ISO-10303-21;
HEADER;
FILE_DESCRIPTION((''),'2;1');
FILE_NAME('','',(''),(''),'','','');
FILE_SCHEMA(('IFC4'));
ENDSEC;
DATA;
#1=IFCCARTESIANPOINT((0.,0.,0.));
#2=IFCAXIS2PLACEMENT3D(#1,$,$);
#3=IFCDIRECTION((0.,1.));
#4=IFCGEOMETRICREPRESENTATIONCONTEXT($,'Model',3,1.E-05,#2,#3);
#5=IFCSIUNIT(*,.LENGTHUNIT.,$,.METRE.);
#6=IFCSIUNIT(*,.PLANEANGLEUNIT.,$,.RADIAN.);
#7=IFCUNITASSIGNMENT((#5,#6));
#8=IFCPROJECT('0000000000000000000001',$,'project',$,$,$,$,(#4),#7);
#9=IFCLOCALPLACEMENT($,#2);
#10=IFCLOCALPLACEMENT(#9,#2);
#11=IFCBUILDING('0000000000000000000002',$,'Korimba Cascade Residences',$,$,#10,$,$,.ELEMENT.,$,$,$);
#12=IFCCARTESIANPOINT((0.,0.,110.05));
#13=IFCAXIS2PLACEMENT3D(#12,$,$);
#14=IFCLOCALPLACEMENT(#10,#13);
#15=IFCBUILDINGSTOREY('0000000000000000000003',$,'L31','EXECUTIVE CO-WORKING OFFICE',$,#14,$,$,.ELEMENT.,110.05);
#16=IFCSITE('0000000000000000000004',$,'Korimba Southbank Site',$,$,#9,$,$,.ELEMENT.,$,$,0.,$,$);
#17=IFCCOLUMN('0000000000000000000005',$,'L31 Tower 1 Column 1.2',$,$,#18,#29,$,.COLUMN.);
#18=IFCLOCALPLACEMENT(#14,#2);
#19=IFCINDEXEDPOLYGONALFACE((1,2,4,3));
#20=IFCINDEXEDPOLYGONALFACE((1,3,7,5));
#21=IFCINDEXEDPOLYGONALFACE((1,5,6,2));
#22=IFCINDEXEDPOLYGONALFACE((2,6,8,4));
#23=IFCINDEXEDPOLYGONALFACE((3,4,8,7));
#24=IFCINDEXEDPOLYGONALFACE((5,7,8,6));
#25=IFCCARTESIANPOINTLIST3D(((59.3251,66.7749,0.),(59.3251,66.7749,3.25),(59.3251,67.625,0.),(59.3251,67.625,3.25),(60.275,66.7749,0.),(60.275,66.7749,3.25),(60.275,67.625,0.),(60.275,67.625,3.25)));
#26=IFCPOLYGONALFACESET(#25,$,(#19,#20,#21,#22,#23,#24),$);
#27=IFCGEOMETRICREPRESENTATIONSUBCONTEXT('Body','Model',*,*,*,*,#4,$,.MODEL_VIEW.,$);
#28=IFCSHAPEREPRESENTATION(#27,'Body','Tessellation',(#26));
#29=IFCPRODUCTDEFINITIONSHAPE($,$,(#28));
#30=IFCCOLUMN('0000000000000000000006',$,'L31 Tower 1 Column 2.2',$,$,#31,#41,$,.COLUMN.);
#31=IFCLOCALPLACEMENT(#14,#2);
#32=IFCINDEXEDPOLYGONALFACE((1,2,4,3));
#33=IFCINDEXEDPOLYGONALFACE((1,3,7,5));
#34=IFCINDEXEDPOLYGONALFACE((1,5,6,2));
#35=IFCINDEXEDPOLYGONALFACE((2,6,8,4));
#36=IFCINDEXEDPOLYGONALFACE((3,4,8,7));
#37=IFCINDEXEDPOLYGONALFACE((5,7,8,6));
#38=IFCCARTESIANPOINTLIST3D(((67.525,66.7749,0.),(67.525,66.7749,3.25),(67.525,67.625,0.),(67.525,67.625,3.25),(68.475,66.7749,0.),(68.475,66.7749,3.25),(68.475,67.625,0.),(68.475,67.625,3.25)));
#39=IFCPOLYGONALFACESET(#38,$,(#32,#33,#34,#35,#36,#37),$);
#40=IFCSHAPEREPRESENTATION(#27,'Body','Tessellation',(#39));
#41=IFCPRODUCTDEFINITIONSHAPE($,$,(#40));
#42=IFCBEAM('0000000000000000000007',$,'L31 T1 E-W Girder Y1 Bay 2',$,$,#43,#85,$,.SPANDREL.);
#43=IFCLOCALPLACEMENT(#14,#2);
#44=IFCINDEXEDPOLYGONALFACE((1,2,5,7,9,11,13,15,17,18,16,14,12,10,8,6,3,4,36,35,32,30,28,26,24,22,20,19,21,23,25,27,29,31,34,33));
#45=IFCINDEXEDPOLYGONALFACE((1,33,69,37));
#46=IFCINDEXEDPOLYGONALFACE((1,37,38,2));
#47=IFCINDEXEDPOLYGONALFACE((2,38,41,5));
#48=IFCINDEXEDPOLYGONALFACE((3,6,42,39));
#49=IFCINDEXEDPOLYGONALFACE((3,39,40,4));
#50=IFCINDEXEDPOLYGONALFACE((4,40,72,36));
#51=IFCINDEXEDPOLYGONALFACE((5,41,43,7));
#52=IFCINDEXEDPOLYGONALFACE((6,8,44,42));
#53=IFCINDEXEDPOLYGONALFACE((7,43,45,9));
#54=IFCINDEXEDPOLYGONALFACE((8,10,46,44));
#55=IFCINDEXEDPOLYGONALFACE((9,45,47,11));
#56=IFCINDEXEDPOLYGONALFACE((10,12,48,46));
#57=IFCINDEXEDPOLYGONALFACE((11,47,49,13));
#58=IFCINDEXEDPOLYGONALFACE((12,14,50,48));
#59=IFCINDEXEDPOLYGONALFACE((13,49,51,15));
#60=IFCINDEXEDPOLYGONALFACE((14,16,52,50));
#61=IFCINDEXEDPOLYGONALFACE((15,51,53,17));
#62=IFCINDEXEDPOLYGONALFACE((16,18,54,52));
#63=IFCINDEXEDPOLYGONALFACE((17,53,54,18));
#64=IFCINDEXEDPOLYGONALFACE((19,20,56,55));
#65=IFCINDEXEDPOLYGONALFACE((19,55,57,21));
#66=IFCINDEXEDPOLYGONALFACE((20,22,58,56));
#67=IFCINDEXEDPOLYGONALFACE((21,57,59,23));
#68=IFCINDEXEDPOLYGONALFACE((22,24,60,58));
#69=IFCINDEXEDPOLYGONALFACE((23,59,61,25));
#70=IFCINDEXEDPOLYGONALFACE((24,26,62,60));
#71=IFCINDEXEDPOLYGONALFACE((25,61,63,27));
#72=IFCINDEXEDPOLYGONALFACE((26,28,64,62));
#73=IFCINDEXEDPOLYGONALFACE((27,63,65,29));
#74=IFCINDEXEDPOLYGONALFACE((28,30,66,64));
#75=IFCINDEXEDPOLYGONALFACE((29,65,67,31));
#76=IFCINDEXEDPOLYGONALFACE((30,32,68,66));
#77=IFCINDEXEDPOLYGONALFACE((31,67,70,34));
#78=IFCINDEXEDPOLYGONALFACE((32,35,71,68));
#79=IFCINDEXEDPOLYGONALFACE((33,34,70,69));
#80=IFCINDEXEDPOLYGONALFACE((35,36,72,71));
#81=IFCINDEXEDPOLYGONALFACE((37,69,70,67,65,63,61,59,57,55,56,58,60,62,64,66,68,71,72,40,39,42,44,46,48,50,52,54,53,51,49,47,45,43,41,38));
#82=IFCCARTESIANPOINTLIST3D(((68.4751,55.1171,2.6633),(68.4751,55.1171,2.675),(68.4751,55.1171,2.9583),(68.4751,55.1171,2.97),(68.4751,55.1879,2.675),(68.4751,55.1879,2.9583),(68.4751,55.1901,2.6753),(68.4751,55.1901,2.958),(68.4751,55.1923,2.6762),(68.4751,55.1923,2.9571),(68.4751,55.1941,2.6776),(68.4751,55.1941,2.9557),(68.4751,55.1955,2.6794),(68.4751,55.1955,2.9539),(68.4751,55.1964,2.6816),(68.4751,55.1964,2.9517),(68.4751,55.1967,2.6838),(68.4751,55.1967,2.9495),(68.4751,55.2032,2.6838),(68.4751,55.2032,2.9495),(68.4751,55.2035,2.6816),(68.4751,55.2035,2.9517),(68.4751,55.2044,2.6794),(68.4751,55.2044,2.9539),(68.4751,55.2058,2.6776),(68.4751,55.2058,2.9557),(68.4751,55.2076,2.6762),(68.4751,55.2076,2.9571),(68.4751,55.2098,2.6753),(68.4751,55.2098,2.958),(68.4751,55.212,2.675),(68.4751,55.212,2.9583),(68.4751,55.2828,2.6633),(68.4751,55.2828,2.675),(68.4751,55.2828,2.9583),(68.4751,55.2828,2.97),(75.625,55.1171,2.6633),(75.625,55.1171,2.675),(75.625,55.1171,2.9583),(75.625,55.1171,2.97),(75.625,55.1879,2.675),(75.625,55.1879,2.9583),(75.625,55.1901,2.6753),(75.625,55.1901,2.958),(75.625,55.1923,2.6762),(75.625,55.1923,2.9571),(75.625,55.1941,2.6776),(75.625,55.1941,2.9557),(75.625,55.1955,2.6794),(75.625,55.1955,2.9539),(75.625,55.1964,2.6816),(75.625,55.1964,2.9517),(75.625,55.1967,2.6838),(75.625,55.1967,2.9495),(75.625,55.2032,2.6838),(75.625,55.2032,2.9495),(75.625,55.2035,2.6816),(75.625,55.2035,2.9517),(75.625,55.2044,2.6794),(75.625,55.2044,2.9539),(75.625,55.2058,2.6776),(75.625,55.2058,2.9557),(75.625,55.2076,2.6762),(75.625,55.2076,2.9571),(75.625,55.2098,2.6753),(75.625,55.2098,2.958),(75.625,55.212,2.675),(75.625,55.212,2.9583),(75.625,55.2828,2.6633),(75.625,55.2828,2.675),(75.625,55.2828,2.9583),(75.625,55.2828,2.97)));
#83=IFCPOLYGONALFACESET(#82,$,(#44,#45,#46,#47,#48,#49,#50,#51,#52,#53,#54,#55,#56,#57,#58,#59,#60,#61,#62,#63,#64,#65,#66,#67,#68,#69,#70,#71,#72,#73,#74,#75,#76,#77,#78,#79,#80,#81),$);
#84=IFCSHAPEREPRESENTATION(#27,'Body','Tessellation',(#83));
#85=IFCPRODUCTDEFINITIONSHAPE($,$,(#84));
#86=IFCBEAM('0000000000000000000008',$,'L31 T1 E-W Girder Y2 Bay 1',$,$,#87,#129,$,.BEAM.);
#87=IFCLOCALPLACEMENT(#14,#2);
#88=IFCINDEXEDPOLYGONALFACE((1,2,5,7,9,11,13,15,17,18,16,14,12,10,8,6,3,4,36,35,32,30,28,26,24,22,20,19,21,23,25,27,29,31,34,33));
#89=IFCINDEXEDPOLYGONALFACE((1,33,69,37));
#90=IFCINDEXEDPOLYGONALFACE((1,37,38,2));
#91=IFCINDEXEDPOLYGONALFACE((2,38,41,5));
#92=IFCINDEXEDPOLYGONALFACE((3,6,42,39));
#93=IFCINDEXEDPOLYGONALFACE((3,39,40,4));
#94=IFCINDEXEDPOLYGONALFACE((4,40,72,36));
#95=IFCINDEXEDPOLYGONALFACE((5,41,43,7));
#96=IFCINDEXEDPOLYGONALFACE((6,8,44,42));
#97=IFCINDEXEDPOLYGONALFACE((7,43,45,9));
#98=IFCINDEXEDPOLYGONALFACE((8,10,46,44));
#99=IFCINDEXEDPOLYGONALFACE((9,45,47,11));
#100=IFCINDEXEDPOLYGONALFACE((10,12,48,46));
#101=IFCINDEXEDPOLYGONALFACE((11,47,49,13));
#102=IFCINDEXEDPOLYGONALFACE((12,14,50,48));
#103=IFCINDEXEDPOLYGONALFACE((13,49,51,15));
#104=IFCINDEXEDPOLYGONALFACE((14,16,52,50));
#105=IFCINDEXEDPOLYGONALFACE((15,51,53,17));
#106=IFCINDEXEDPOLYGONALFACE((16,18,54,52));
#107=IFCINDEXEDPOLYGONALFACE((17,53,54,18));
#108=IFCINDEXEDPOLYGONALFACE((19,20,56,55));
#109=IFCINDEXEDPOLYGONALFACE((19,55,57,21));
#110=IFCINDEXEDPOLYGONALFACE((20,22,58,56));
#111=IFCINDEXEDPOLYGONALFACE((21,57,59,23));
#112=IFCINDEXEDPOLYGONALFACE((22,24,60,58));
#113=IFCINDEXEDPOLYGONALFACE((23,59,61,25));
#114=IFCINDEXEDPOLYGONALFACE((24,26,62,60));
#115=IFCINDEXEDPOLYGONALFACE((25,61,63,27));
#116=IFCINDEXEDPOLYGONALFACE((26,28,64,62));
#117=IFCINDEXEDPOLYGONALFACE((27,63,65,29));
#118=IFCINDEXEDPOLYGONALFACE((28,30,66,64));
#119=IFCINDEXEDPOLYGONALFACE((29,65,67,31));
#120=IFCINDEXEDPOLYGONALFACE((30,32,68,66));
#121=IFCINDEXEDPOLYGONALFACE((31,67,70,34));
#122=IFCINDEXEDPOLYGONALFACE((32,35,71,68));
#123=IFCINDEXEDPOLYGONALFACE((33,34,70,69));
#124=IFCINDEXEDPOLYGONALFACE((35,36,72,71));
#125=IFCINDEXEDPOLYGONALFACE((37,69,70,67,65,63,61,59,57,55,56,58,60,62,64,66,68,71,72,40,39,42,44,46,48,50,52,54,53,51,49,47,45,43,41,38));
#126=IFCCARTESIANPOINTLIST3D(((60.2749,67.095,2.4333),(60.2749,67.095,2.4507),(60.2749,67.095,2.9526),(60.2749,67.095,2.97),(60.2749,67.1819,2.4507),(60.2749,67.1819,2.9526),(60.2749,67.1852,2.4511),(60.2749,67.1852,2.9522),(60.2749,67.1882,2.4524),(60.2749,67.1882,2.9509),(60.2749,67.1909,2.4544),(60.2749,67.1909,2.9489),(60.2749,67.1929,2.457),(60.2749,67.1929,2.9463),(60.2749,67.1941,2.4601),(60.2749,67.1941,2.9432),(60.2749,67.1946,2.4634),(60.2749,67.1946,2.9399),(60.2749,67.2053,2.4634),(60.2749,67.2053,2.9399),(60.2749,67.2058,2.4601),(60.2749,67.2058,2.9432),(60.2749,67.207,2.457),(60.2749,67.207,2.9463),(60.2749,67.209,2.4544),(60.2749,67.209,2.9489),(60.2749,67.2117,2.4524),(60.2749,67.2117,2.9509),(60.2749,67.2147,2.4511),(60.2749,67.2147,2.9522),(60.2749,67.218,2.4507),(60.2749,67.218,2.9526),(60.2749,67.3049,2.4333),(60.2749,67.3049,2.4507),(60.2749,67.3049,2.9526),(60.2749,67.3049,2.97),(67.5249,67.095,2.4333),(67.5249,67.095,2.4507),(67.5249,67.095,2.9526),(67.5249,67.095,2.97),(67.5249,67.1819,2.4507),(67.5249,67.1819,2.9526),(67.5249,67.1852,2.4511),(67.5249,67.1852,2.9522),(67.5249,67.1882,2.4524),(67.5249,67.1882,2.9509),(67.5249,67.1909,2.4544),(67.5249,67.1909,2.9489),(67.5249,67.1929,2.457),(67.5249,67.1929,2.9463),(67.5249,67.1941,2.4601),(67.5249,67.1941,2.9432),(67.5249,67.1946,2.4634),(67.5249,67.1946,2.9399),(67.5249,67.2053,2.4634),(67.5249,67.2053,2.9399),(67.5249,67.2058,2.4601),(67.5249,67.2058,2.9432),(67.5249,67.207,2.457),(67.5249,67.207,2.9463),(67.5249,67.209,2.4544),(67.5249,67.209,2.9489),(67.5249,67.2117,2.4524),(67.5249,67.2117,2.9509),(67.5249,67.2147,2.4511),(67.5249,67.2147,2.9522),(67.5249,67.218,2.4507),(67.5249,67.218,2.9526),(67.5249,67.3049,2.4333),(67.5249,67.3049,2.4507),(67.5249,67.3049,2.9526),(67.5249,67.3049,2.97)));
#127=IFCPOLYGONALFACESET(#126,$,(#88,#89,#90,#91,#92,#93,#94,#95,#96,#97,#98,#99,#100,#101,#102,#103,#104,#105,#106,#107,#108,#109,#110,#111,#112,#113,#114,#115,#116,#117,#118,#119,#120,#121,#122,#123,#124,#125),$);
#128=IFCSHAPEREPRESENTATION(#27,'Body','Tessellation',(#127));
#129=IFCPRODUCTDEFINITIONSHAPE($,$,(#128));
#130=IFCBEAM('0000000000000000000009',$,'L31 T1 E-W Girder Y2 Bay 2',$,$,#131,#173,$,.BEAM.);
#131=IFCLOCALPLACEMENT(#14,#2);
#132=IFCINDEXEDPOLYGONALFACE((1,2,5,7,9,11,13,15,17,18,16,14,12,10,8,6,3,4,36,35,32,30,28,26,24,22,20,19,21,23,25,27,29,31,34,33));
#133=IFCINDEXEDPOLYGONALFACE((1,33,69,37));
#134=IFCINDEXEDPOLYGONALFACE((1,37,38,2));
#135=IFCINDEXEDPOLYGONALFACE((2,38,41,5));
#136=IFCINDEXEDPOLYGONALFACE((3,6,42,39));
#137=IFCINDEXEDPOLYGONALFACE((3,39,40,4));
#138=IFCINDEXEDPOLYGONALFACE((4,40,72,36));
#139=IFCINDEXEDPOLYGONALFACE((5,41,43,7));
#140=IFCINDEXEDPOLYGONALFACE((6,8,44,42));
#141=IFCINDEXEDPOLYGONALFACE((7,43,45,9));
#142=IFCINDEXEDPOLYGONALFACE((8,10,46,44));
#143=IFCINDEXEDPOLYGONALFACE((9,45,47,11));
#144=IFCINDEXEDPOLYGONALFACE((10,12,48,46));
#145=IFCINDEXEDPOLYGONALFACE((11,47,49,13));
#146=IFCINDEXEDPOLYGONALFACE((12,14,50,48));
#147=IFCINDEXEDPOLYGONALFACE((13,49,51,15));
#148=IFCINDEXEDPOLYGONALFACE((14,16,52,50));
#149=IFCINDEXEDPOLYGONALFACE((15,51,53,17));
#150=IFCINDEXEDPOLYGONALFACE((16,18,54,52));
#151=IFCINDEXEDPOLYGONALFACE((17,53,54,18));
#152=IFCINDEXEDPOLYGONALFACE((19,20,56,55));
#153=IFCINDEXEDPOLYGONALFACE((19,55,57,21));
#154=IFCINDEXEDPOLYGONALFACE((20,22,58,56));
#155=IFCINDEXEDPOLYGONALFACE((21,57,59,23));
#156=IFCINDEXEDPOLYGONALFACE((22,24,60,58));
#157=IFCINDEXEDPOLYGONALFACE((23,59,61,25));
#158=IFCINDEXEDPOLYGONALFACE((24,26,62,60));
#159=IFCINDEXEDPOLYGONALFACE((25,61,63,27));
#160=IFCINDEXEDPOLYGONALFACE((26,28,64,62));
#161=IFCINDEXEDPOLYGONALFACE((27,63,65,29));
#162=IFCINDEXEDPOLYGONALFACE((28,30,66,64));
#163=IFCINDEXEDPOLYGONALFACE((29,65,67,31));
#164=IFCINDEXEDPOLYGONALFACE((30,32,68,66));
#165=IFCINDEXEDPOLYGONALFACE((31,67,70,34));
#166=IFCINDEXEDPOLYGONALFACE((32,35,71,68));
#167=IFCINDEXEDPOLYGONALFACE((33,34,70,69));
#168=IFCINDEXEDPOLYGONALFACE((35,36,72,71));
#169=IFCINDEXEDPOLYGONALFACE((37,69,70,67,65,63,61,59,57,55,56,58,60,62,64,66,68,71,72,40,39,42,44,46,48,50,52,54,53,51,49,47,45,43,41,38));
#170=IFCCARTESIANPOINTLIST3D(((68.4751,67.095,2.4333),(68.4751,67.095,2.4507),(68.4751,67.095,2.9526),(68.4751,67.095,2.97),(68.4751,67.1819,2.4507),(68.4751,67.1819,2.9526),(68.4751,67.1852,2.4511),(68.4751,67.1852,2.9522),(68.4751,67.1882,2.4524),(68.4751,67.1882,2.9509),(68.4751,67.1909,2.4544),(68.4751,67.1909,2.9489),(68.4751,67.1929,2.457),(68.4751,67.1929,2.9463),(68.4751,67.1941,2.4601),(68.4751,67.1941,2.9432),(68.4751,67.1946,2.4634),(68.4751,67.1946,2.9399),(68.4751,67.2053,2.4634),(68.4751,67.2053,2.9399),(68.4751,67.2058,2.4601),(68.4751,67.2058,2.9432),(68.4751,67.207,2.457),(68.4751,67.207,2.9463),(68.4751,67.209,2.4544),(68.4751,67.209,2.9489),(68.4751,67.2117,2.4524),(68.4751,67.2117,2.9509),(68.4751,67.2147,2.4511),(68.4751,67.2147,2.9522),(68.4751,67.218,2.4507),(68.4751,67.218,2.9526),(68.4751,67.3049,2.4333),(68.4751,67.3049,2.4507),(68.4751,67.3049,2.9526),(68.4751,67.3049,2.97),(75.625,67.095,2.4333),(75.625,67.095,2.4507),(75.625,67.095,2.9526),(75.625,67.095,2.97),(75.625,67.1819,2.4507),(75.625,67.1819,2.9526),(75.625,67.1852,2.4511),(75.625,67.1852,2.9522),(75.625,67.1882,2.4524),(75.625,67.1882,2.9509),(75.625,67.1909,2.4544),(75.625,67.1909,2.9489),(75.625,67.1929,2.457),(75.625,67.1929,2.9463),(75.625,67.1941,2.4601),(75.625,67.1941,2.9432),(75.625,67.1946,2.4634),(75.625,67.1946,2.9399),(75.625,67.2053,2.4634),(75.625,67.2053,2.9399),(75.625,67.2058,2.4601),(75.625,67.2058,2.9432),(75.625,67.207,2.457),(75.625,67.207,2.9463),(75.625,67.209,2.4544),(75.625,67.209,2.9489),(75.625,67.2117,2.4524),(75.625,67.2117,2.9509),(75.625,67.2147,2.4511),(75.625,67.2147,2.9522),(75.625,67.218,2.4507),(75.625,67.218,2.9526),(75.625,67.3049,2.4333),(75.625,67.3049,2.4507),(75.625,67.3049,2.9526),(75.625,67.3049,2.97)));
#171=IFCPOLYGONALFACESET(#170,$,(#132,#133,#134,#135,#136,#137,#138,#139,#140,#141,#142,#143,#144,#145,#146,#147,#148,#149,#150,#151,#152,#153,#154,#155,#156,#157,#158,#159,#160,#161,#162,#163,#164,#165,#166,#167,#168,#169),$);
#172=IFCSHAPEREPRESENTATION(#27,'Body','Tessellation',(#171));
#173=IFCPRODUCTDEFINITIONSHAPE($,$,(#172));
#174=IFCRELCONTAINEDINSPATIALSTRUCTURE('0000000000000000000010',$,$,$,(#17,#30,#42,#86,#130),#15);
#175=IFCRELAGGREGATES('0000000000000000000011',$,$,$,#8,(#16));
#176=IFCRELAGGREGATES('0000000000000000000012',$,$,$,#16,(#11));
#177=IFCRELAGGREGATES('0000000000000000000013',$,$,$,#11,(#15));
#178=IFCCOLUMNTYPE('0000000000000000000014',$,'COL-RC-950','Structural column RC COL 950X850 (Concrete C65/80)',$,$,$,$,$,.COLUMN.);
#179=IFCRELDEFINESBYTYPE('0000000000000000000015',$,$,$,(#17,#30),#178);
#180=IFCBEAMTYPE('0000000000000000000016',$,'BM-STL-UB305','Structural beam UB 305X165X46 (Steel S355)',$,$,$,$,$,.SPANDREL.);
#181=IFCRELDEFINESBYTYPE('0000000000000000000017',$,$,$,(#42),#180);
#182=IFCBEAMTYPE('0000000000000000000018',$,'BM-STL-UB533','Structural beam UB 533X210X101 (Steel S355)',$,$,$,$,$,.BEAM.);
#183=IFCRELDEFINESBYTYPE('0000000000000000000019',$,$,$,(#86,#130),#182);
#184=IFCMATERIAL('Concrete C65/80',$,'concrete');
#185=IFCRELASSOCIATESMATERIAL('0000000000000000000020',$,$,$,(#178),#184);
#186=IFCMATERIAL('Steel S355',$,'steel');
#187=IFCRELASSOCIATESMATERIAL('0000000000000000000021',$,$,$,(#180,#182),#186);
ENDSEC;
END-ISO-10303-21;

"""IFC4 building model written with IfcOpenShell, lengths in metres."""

from ifc_helpers import new_model, si_unit, direction, frame, origin, origin_2d, place, context, subcontext, project, spatial, rectangle, i_section, extrude, material, material_profile, profile_set, type_object, element, save


model = new_model("IFC4")

# Units and contexts
model_context = context("Model", 3, precision=1e-05, world=origin(), true_north=direction((0.0, 1.0)))
body_context = subcontext(model_context, "Body", "Model", "MODEL_VIEW")
ifc_project = project(units=[si_unit("LENGTHUNIT", "METRE"), si_unit("PLANEANGLEUNIT", "RADIAN")], contexts=[model_context])

# Site, building, storey
site_placement = place(None, origin())
site = spatial("IfcSite", under=ifc_project, at=site_placement, Name="Korimba Southbank Site", CompositionType="ELEMENT", RefElevation=0.0)
building_placement = place(site_placement, origin())
building = spatial("IfcBuilding", under=site, at=building_placement, Name="Korimba Cascade Residences", CompositionType="ELEMENT")
storey_placement = place(building_placement, frame((0.0, 0.0, 110.05)))
storey = spatial("IfcBuildingStorey", under=building, at=storey_placement, Name="L31", Description="EXECUTIVE CO-WORKING OFFICE", CompositionType="ELEMENT", Elevation=110.05)

# Columns
ifc_material_1 = material(Name="Concrete C65/80", Category="concrete")
ifc_material_profile_1 = material_profile(ifc_material_1, rectangle(XDim=0.95, YDim=0.8501, at=origin_2d()), Name="Concrete C65/80")
ifc_profile_set_1 = profile_set([ifc_material_profile_1], Name="Concrete C65/80")
column_type = type_object("IfcColumnType", Name="COL-RC-950", Description="Structural column RC COL 950X850 (Concrete C65/80)", PredefinedType="COLUMN", material=ifc_profile_set_1)
for number, where, z_axis, x_axis, name in (
    (1, (59.8, 67.2, 0.0), (0.0, 0.0, 1.0), (1.0, 0.0, 0.0), "L31 Tower 1 Column 1.2"),
    (2, (68.0, 67.2, 0.0), (0.0, 0.0, 1.0), (1.0, 0.0, 0.0), "L31 Tower 1 Column 2.2"),
):
    element("IfcColumn", number, at=place(storey_placement, frame(where, z_axis=z_axis, x_axis=x_axis)), inside=storey, type_object=column_type, Name=name, PredefinedType="COLUMN", context=body_context, shape_type="SweptSolid", body=[
        extrude(rectangle(XDim=0.95, YDim=0.8501, at=origin_2d()), origin(), (0.0, 0.0, 1.0), 3.25),
    ])

# Beams
ifc_material_2 = material(Name="Steel S355", Category="steel")
ifc_material_profile_2 = material_profile(ifc_material_2, i_section(OverallWidth=0.1658, OverallDepth=0.3066, WebThickness=0.0066, FlangeThickness=0.0117, FilletRadius=0.0088, at=origin_2d()), Name="Steel S355")
ifc_profile_set_2 = profile_set([ifc_material_profile_2], Name="Steel S355")
beam_type_1 = type_object("IfcBeamType", Name="BM-STL-UB305", Description="Structural beam UB 305X165X46 (Steel S355)", PredefinedType="SPANDREL", material=ifc_profile_set_2)
beam_1_placement = place(storey_placement, frame((68.4751, 55.2, 2.8167), z_axis=(1.0, 0.0, 0.0), x_axis=(0.0, 1.0, 0.0)))
element("IfcBeam", 3, at=beam_1_placement, inside=storey, type_object=beam_type_1, Name="L31 T1 E-W Girder Y1 Bay 2", PredefinedType="SPANDREL", context=body_context, shape_type="SweptSolid", body=[
    extrude(i_section(OverallWidth=0.1658, OverallDepth=0.3066, WebThickness=0.0066, FlangeThickness=0.0117, FilletRadius=0.0088, at=origin_2d()), origin(), (0.0, 0.0, 1.0), 7.1499),
])
ifc_material_profile_3 = material_profile(ifc_material_2, i_section(OverallWidth=0.21, OverallDepth=0.5366, WebThickness=0.0107, FlangeThickness=0.0173, FilletRadius=0.0127, at=origin_2d()), Name="Steel S355")
ifc_profile_set_3 = profile_set([ifc_material_profile_3], Name="Steel S355")
beam_type_2 = type_object("IfcBeamType", Name="BM-STL-UB533", Description="Structural beam UB 533X210X101 (Steel S355)", PredefinedType="BEAM", material=ifc_profile_set_3)
beam_2_placement = place(storey_placement, frame((60.2749, 67.2, 2.7017), z_axis=(1.0, 0.0, 0.0), x_axis=(0.0, 1.0, 0.0)))
element("IfcBeam", 4, at=beam_2_placement, inside=storey, type_object=beam_type_2, Name="L31 T1 E-W Girder Y2 Bay 1", PredefinedType="BEAM", context=body_context, shape_type="SweptSolid", body=[
    extrude(i_section(OverallWidth=0.21, OverallDepth=0.5366, WebThickness=0.0107, FlangeThickness=0.0173, FilletRadius=0.0127, at=origin_2d()), origin(), (0.0, 0.0, 1.0), 7.25),
])
beam_3_placement = place(storey_placement, frame((68.4751, 67.2, 2.7017), z_axis=(1.0, 0.0, 0.0), x_axis=(0.0, 1.0, 0.0)))
element("IfcBeam", 5, at=beam_3_placement, inside=storey, type_object=beam_type_2, Name="L31 T1 E-W Girder Y2 Bay 2", PredefinedType="BEAM", context=body_context, shape_type="SweptSolid", body=[
    extrude(i_section(OverallWidth=0.21, OverallDepth=0.5366, WebThickness=0.0107, FlangeThickness=0.0173, FilletRadius=0.0127, at=origin_2d()), origin(), (0.0, 0.0, 1.0), 7.1499),
])

save(model, "model.ifc")
